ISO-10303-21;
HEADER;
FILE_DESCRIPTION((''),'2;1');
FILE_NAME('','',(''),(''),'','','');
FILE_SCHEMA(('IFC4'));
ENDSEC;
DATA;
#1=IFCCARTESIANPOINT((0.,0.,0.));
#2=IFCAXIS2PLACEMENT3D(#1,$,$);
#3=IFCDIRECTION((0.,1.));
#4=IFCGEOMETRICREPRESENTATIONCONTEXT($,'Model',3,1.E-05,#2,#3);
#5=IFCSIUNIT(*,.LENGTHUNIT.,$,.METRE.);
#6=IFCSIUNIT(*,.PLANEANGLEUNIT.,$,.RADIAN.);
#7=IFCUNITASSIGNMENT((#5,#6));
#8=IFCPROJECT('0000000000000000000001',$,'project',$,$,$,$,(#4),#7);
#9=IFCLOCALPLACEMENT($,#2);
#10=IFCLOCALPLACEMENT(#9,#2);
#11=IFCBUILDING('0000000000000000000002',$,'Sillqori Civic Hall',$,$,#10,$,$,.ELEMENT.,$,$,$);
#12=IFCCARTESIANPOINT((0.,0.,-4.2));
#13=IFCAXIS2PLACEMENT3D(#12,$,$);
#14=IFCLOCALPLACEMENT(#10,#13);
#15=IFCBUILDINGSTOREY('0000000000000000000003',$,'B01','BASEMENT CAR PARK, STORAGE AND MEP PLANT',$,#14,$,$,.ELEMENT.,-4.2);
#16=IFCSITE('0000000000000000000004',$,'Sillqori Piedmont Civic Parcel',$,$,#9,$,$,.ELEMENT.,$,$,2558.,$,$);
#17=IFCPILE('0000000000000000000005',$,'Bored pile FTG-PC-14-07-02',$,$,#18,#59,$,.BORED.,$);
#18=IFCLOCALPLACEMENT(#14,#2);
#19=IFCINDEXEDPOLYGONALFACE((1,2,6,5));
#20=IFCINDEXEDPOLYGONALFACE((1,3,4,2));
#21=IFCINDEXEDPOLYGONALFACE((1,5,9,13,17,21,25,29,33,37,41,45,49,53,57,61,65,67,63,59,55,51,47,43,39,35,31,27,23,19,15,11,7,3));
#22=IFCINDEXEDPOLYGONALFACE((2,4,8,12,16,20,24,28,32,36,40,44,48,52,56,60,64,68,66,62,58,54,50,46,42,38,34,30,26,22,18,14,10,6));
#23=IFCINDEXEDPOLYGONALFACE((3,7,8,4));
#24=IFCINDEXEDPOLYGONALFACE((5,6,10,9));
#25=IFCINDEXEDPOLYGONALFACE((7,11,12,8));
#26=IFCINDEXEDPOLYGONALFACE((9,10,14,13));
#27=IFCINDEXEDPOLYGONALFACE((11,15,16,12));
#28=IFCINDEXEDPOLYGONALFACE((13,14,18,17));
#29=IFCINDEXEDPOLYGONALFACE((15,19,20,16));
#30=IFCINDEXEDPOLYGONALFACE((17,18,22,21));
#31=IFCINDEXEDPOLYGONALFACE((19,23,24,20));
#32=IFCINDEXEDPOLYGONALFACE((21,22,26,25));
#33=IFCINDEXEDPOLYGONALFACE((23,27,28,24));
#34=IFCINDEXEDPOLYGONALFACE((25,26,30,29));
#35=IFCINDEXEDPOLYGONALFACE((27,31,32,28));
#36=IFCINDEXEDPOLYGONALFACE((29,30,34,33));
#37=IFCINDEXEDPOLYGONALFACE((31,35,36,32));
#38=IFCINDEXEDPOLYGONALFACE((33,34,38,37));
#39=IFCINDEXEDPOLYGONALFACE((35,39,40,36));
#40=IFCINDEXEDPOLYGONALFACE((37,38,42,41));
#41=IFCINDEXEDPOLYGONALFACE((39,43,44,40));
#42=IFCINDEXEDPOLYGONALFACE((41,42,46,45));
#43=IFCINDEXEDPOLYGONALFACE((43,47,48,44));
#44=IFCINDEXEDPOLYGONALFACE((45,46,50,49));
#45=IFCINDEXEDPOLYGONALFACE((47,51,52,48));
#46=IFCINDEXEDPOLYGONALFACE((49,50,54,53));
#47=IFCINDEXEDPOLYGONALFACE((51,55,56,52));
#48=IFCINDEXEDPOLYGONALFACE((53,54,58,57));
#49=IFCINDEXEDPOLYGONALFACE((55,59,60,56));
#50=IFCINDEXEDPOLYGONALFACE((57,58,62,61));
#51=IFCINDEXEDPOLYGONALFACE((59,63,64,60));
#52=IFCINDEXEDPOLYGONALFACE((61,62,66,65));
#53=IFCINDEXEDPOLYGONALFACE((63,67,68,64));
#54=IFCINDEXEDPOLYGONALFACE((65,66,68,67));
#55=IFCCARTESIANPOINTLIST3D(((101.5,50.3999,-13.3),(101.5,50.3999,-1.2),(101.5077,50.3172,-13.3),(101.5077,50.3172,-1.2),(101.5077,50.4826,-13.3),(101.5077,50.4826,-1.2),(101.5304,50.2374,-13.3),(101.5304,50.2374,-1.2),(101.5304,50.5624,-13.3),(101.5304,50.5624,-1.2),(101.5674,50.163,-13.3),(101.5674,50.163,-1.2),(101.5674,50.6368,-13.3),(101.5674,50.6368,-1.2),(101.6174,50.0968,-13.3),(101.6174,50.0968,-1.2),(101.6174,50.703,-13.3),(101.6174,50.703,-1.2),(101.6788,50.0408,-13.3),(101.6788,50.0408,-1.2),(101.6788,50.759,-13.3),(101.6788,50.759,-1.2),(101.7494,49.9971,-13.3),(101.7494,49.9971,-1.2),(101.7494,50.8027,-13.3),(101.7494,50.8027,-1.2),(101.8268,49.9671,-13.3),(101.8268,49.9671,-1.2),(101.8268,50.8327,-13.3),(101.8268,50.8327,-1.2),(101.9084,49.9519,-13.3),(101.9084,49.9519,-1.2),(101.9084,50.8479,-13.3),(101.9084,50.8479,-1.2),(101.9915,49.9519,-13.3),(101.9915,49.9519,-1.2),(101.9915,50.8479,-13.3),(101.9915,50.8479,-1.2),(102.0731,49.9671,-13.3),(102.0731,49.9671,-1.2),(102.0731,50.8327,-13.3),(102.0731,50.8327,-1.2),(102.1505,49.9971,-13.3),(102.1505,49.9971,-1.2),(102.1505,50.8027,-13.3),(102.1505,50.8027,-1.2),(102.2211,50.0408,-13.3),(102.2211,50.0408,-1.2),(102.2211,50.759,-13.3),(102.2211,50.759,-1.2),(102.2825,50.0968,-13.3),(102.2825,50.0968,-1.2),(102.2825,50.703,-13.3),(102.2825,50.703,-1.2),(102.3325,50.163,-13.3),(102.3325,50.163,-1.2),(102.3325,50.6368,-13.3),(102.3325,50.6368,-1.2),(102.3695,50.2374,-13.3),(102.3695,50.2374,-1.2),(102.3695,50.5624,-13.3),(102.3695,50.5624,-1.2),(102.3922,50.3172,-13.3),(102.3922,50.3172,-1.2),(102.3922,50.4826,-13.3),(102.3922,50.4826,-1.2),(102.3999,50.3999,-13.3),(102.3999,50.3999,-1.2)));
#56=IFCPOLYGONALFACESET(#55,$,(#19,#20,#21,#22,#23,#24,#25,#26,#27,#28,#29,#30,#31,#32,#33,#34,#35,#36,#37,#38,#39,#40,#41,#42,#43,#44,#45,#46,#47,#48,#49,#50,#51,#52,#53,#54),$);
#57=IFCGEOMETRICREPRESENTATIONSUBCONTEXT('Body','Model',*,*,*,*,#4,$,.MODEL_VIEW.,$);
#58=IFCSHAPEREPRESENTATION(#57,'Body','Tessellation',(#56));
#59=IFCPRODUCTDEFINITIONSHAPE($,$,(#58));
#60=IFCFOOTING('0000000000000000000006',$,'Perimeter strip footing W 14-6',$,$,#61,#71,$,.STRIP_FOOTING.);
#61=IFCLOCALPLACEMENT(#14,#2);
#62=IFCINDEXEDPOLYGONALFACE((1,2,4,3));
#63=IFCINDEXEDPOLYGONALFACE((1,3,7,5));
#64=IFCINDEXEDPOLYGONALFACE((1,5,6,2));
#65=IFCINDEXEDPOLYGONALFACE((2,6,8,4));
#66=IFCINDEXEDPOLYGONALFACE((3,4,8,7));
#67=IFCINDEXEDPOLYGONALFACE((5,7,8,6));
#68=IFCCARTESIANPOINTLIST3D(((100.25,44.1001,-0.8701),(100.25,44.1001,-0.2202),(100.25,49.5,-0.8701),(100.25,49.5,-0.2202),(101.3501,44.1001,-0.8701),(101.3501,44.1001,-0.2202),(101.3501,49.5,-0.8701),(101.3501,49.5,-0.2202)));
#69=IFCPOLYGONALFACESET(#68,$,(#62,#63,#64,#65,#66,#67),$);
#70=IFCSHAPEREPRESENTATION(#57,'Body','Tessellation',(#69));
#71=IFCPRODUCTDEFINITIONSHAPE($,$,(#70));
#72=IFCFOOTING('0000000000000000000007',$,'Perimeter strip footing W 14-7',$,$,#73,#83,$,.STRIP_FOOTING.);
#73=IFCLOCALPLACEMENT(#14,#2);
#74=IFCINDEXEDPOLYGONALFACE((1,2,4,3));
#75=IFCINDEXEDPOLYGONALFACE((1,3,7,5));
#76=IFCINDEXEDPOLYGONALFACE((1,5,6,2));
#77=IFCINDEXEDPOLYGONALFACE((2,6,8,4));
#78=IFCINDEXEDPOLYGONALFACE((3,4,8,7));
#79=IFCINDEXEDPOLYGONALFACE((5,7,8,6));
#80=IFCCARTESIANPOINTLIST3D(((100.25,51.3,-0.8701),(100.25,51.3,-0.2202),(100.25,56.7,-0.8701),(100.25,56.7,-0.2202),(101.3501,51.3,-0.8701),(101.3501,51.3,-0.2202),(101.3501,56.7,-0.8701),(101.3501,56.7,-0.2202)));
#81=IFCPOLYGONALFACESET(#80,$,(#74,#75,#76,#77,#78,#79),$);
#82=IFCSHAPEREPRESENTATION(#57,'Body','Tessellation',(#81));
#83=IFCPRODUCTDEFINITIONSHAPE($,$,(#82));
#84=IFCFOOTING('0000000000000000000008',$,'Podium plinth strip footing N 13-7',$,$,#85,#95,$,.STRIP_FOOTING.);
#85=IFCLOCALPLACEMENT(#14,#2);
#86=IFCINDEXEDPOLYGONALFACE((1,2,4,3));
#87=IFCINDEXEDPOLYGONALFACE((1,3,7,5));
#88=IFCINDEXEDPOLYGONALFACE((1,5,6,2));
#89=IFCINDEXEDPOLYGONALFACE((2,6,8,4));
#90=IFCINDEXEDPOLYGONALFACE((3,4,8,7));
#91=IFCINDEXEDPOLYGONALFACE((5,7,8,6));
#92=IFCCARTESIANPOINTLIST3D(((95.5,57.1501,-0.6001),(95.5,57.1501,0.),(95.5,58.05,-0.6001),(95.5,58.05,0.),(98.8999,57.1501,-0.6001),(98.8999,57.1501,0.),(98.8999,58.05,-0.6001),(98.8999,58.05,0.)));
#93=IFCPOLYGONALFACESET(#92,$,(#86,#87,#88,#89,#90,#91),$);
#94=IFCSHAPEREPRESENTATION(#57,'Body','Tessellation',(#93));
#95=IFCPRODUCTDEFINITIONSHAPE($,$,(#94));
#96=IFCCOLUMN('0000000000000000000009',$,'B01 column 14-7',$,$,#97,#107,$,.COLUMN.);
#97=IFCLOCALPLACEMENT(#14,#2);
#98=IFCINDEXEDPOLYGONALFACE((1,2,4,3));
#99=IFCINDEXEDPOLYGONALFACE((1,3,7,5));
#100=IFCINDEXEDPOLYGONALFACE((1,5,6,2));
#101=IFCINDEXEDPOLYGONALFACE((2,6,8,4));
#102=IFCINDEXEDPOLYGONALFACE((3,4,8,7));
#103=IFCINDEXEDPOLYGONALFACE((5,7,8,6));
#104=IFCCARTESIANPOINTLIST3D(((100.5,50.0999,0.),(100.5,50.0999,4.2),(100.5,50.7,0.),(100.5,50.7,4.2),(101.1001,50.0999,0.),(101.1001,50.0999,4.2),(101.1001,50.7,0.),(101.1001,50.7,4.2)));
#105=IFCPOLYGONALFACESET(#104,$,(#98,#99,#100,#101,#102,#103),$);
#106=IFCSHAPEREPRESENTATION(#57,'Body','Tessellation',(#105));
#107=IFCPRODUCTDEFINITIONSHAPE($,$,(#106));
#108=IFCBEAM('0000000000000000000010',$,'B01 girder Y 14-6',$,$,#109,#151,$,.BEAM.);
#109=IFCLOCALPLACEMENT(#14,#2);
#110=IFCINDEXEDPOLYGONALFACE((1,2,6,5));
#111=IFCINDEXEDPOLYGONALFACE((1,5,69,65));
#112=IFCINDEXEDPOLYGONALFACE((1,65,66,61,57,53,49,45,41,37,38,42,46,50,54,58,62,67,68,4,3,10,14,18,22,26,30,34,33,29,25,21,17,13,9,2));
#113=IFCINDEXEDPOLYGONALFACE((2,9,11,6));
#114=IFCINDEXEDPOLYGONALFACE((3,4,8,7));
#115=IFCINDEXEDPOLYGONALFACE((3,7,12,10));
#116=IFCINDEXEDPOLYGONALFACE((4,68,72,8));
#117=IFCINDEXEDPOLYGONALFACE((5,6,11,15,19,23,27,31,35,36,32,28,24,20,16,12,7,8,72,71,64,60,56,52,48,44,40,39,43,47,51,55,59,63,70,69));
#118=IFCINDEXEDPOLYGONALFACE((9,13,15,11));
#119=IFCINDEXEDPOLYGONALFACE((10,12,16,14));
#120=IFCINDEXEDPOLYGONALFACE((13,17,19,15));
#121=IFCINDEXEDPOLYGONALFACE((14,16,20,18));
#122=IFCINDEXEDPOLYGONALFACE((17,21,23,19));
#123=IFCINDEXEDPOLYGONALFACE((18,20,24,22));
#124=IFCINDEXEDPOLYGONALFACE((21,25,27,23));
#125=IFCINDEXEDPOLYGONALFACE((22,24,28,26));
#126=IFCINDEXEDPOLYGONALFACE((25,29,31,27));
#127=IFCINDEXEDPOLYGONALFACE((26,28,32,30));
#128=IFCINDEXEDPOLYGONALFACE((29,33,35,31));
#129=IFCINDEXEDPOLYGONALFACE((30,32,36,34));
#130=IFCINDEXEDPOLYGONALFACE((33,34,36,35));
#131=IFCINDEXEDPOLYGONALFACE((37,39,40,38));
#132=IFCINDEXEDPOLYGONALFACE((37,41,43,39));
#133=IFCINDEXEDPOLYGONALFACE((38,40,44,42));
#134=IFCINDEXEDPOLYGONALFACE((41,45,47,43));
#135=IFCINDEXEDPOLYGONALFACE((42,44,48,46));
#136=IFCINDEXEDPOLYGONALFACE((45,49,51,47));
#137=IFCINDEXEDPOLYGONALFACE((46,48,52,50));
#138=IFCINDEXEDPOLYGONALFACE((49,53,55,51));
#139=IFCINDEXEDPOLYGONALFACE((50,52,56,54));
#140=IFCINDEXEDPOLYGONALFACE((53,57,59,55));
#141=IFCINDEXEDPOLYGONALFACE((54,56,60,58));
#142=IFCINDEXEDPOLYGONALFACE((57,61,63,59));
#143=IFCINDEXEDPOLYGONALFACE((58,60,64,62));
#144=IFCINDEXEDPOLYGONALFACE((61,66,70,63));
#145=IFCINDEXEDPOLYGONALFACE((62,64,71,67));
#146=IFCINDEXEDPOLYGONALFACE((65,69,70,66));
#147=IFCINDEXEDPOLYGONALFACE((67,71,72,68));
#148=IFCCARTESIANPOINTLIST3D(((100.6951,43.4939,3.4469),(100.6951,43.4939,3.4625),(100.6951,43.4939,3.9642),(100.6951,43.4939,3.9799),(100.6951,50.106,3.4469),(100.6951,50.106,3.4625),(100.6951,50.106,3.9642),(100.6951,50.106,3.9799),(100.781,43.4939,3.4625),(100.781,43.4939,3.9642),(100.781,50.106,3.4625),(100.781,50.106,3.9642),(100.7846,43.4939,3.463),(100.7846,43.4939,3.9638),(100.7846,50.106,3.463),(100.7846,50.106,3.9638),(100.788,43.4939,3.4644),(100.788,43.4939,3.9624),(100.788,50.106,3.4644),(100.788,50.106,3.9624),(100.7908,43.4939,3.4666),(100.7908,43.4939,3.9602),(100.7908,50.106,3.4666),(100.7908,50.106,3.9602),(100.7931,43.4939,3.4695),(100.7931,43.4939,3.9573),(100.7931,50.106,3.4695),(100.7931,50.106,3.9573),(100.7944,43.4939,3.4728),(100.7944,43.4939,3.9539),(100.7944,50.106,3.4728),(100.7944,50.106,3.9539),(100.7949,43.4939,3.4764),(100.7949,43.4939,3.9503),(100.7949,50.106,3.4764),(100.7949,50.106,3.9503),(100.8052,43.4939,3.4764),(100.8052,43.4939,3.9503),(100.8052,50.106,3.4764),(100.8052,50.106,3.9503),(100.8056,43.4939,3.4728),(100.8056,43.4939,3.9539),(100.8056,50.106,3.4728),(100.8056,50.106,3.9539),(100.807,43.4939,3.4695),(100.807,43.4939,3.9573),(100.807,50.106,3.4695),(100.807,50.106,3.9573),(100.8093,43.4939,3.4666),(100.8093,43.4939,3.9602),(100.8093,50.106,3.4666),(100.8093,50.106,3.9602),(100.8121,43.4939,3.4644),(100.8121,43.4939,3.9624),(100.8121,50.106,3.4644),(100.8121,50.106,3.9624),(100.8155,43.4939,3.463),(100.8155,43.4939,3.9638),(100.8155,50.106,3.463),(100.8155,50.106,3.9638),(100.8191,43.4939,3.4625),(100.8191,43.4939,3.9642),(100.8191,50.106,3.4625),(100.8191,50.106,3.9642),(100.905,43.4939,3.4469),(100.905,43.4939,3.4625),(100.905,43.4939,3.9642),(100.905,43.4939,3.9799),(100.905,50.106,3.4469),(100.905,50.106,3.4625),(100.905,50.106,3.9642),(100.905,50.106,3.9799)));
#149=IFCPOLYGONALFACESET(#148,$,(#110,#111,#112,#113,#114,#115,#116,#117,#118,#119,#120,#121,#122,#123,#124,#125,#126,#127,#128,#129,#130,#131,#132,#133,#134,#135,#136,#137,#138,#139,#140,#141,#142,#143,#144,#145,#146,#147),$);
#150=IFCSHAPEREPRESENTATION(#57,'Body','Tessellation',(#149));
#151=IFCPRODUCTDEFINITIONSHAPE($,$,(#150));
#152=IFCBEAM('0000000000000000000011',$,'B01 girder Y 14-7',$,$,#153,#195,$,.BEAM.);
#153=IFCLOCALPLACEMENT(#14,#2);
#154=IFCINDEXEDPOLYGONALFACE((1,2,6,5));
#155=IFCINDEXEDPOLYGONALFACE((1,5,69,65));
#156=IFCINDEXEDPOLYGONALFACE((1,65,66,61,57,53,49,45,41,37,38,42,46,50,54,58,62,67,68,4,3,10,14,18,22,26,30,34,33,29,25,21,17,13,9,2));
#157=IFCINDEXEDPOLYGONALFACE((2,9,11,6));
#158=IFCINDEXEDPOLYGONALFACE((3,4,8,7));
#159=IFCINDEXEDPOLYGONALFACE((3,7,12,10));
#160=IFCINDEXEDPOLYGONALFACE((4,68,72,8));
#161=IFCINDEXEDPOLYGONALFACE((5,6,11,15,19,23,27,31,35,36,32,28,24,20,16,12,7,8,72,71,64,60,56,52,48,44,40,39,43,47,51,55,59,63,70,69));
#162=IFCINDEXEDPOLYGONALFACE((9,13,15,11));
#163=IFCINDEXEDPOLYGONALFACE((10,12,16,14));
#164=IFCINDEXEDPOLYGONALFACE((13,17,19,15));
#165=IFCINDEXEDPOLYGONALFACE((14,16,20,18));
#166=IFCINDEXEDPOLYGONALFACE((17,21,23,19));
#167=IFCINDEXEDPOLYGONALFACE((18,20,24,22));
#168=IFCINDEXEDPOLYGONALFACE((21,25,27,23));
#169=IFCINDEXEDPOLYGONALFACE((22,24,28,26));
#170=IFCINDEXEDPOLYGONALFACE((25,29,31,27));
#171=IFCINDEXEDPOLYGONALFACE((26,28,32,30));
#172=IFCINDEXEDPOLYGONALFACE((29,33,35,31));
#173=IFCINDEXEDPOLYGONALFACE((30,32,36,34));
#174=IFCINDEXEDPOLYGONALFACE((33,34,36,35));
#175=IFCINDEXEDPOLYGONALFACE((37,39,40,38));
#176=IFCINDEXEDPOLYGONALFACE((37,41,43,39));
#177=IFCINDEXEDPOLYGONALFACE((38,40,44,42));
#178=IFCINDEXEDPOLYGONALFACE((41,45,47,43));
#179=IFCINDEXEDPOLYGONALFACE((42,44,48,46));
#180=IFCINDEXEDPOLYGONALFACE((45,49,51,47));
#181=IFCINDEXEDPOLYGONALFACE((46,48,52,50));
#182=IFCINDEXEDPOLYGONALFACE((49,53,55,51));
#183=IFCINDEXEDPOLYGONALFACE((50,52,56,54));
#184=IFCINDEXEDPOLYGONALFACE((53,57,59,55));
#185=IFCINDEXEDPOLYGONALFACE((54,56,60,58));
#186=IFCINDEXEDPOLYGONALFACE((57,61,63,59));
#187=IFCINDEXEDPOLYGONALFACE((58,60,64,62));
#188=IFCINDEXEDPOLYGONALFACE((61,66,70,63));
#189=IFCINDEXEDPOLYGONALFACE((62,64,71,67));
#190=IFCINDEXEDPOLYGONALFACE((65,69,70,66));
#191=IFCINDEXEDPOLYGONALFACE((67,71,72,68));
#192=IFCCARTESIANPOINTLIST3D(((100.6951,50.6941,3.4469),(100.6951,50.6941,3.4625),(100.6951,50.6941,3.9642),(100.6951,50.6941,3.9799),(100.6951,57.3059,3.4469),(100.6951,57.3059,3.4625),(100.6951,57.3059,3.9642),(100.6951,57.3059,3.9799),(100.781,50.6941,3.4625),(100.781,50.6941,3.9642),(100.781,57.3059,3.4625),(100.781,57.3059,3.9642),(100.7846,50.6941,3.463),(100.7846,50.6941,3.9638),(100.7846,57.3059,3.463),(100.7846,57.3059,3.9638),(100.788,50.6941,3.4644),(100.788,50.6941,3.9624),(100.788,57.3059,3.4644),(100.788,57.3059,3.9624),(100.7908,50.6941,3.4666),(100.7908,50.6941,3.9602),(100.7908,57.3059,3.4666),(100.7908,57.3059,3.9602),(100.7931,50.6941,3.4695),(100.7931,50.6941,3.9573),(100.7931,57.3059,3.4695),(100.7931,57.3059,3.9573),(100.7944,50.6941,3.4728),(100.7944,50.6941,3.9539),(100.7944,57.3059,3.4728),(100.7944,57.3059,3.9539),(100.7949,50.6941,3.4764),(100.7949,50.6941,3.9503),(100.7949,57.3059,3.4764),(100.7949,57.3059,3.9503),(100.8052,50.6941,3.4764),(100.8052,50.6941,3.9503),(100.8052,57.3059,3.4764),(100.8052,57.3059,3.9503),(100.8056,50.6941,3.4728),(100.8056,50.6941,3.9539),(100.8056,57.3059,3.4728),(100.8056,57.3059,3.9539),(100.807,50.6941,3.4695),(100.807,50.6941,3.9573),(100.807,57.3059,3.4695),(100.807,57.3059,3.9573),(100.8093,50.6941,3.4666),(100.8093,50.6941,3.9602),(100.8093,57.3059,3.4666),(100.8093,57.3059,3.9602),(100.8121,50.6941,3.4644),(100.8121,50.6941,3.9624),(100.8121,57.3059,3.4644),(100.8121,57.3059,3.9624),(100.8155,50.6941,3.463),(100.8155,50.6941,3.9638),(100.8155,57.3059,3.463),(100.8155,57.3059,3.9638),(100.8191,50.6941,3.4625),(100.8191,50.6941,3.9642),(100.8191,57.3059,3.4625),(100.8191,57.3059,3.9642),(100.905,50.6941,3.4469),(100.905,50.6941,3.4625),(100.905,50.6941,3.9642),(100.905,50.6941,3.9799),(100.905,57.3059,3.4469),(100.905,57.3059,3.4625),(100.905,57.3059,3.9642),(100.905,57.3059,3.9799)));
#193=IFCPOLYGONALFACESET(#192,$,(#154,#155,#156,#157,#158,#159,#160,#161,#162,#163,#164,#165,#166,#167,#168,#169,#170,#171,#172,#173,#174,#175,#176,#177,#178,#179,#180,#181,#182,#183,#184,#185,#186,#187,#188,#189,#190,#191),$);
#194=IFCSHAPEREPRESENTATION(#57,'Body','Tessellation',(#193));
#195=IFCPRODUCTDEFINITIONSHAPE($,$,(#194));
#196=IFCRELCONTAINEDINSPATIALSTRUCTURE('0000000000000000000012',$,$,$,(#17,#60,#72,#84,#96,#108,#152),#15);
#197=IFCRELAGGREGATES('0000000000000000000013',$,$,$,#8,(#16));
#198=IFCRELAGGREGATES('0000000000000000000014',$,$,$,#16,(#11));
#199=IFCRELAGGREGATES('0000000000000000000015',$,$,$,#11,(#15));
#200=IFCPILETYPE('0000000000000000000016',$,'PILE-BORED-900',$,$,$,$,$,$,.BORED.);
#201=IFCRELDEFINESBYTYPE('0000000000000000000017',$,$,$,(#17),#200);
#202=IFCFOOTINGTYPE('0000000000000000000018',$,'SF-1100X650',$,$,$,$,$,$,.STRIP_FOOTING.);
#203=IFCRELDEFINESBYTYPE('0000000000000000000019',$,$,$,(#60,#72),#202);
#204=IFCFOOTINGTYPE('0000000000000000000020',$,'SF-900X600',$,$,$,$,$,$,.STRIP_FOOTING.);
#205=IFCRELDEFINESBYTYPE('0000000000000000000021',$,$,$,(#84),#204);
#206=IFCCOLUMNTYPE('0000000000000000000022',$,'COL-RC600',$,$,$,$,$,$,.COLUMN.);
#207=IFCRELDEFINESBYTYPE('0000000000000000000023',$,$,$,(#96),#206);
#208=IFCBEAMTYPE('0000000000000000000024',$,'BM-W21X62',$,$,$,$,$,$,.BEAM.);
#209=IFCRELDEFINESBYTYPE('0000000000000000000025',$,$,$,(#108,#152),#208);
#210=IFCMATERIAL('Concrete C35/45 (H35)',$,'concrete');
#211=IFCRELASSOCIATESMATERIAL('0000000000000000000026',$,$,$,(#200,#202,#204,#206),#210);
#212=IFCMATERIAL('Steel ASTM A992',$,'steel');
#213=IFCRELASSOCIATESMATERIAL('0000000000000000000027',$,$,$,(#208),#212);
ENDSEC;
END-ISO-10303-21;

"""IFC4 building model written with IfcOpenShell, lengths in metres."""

from ifc_helpers import new_model, si_unit, direction, frame, origin, origin_2d, place, context, subcontext, project, spatial, rectangle, circle, i_section, extrude, material, material_profile, profile_set, type_object, element, save


model = new_model("IFC4")

# Units and contexts
model_context = context("Model", 3, precision=1e-05, world=origin(), true_north=direction((0.0, 1.0)))
body_context = subcontext(model_context, "Body", "Model", "MODEL_VIEW")
ifc_project = project(units=[si_unit("LENGTHUNIT", "METRE"), si_unit("PLANEANGLEUNIT", "RADIAN")], contexts=[model_context])

# Site, building, storey
site_placement = place(None, origin())
site = spatial("IfcSite", under=ifc_project, at=site_placement, Name="Sillqori Piedmont Civic Parcel", CompositionType="ELEMENT", RefElevation=2558.0)
building_placement = place(site_placement, origin())
building = spatial("IfcBuilding", under=site, at=building_placement, Name="Sillqori Civic Hall", CompositionType="ELEMENT")
storey_placement = place(building_placement, frame((0.0, 0.0, -4.2)))
storey = spatial("IfcBuildingStorey", under=building, at=storey_placement, Name="B01", Description="BASEMENT CAR PARK, STORAGE AND MEP PLANT", CompositionType="ELEMENT", Elevation=-4.2)

# Shared definitions
ifc_material_1 = material(Name="Concrete C35/45 (H35)", Category="concrete")

# Pile
ifc_material_profile_1 = material_profile(ifc_material_1, circle(Radius=0.45, at=origin_2d()), Name="BORED PILE 900")
ifc_profile_set_1 = profile_set([ifc_material_profile_1], Name="Concrete C35/45 (H35)")
pile_type = type_object("IfcPileType", Name="PILE-BORED-900", PredefinedType="BORED", material=ifc_profile_set_1)
for number, where, z_axis, x_axis, name in (
    (1, (101.95, 50.3999, -1.2), (0.0, 0.0, -1.0), (1.0, 0.0, 0.0), "Bored pile FTG-PC-14-07-02"),
):
    element("IfcPile", number, at=place(storey_placement, frame(where, z_axis=z_axis, x_axis=x_axis)), inside=storey, type_object=pile_type, Name=name, PredefinedType="BORED", context=body_context, shape_type="SweptSolid", body=[
        extrude(circle(Radius=0.45, at=origin_2d()), origin(), (0.0, 0.0, 1.0), 12.1001),
    ])

# Footings
footing_type_1 = type_object("IfcFootingType", Name="SF-1100X650", PredefinedType="STRIP_FOOTING", material=ifc_material_1)
for number, where, z_axis, x_axis, name in (
    (2, (100.8, 46.8, -0.8701), (0.0, 0.0, 1.0), (1.0, 0.0, 0.0), "Perimeter strip footing W 14-6"),
    (3, (100.8, 54.0, -0.8701), (0.0, 0.0, 1.0), (1.0, 0.0, 0.0), "Perimeter strip footing W 14-7"),
):
    element("IfcFooting", number, at=place(storey_placement, frame(where, z_axis=z_axis, x_axis=x_axis)), inside=storey, type_object=footing_type_1, Name=name, PredefinedType="STRIP_FOOTING", context=body_context, shape_type="SweptSolid", body=[
        extrude(rectangle(XDim=1.1001, YDim=5.3999, at=origin_2d()), origin(), (0.0, 0.0, 1.0), 0.6499),
    ])
footing_type_2 = type_object("IfcFootingType", Name="SF-900X600", PredefinedType="STRIP_FOOTING", material=ifc_material_1)
footing_1_placement = place(storey_placement, frame((97.2, 57.6001, -0.6001), z_axis=(0.0, 0.0, 1.0), x_axis=(1.0, 0.0, 0.0)))
element("IfcFooting", 4, at=footing_1_placement, inside=storey, type_object=footing_type_2, Name="Podium plinth strip footing N 13-7", PredefinedType="STRIP_FOOTING", context=body_context, shape_type="SweptSolid", body=[
    extrude(rectangle(XDim=3.3999, YDim=0.8999, at=origin_2d()), origin(), (0.0, 0.0, 1.0), 0.6001),
])

# Column
ifc_material_profile_2 = material_profile(ifc_material_1, rectangle(XDim=0.6001, YDim=0.6001, at=origin_2d()), Name="RC 600x600")
ifc_profile_set_2 = profile_set([ifc_material_profile_2], Name="Concrete C35/45 (H35)")
column_type = type_object("IfcColumnType", Name="COL-RC600", PredefinedType="COLUMN", material=ifc_profile_set_2)
column_placement = place(storey_placement, frame((100.8, 50.3999, 0.0), z_axis=(0.0, 0.0, 1.0), x_axis=(1.0, 0.0, 0.0)))
element("IfcColumn", 5, at=column_placement, inside=storey, type_object=column_type, Name="B01 column 14-7", PredefinedType="COLUMN", context=body_context, shape_type="SweptSolid", body=[
    extrude(rectangle(XDim=0.6001, YDim=0.6001, at=origin_2d()), origin(), (0.0, 0.0, 1.0), 4.2),
])

# Beams
ifc_material_2 = material(Name="Steel ASTM A992", Category="steel")
ifc_material_profile_3 = material_profile(ifc_material_2, i_section(OverallWidth=0.21, OverallDepth=0.533, WebThickness=0.0103, FlangeThickness=0.0156, FilletRadius=0.0139, at=origin_2d()), Name="W21X62")
ifc_profile_set_3 = profile_set([ifc_material_profile_3], Name="Steel ASTM A992")
beam_type_1 = type_object("IfcBeamType", Name="BM-W21X62", PredefinedType="BEAM", material=ifc_profile_set_3)
beam_1_placement = place(storey_placement, frame((100.8, 43.4939, 3.7134), z_axis=(0.0, 1.0, 0.0), x_axis=(-1.0, 0.0, 0.0)))
element("IfcBeam", 6, at=beam_1_placement, inside=storey, type_object=beam_type_1, Name="B01 girder Y 14-6", PredefinedType="BEAM", context=body_context, shape_type="SweptSolid", body=[
    extrude(i_section(OverallWidth=0.21, OverallDepth=0.533, WebThickness=0.0103, FlangeThickness=0.0156, FilletRadius=0.0139, at=origin_2d()), origin(), (0.0, 0.0, 1.0), 6.6121),
])
beam_2_placement = place(storey_placement, frame((100.8, 50.6941, 3.7134), z_axis=(0.0, 1.0, 0.0), x_axis=(-1.0, 0.0, 0.0)))
element("IfcBeam", 7, at=beam_2_placement, inside=storey, type_object=beam_type_1, Name="B01 girder Y 14-7", PredefinedType="BEAM", context=body_context, shape_type="SweptSolid", body=[
    extrude(i_section(OverallWidth=0.21, OverallDepth=0.533, WebThickness=0.0103, FlangeThickness=0.0156, FilletRadius=0.0139, at=origin_2d()), origin(), (0.0, 0.0, 1.0), 6.6118),
])

save(model, "model.ifc")
